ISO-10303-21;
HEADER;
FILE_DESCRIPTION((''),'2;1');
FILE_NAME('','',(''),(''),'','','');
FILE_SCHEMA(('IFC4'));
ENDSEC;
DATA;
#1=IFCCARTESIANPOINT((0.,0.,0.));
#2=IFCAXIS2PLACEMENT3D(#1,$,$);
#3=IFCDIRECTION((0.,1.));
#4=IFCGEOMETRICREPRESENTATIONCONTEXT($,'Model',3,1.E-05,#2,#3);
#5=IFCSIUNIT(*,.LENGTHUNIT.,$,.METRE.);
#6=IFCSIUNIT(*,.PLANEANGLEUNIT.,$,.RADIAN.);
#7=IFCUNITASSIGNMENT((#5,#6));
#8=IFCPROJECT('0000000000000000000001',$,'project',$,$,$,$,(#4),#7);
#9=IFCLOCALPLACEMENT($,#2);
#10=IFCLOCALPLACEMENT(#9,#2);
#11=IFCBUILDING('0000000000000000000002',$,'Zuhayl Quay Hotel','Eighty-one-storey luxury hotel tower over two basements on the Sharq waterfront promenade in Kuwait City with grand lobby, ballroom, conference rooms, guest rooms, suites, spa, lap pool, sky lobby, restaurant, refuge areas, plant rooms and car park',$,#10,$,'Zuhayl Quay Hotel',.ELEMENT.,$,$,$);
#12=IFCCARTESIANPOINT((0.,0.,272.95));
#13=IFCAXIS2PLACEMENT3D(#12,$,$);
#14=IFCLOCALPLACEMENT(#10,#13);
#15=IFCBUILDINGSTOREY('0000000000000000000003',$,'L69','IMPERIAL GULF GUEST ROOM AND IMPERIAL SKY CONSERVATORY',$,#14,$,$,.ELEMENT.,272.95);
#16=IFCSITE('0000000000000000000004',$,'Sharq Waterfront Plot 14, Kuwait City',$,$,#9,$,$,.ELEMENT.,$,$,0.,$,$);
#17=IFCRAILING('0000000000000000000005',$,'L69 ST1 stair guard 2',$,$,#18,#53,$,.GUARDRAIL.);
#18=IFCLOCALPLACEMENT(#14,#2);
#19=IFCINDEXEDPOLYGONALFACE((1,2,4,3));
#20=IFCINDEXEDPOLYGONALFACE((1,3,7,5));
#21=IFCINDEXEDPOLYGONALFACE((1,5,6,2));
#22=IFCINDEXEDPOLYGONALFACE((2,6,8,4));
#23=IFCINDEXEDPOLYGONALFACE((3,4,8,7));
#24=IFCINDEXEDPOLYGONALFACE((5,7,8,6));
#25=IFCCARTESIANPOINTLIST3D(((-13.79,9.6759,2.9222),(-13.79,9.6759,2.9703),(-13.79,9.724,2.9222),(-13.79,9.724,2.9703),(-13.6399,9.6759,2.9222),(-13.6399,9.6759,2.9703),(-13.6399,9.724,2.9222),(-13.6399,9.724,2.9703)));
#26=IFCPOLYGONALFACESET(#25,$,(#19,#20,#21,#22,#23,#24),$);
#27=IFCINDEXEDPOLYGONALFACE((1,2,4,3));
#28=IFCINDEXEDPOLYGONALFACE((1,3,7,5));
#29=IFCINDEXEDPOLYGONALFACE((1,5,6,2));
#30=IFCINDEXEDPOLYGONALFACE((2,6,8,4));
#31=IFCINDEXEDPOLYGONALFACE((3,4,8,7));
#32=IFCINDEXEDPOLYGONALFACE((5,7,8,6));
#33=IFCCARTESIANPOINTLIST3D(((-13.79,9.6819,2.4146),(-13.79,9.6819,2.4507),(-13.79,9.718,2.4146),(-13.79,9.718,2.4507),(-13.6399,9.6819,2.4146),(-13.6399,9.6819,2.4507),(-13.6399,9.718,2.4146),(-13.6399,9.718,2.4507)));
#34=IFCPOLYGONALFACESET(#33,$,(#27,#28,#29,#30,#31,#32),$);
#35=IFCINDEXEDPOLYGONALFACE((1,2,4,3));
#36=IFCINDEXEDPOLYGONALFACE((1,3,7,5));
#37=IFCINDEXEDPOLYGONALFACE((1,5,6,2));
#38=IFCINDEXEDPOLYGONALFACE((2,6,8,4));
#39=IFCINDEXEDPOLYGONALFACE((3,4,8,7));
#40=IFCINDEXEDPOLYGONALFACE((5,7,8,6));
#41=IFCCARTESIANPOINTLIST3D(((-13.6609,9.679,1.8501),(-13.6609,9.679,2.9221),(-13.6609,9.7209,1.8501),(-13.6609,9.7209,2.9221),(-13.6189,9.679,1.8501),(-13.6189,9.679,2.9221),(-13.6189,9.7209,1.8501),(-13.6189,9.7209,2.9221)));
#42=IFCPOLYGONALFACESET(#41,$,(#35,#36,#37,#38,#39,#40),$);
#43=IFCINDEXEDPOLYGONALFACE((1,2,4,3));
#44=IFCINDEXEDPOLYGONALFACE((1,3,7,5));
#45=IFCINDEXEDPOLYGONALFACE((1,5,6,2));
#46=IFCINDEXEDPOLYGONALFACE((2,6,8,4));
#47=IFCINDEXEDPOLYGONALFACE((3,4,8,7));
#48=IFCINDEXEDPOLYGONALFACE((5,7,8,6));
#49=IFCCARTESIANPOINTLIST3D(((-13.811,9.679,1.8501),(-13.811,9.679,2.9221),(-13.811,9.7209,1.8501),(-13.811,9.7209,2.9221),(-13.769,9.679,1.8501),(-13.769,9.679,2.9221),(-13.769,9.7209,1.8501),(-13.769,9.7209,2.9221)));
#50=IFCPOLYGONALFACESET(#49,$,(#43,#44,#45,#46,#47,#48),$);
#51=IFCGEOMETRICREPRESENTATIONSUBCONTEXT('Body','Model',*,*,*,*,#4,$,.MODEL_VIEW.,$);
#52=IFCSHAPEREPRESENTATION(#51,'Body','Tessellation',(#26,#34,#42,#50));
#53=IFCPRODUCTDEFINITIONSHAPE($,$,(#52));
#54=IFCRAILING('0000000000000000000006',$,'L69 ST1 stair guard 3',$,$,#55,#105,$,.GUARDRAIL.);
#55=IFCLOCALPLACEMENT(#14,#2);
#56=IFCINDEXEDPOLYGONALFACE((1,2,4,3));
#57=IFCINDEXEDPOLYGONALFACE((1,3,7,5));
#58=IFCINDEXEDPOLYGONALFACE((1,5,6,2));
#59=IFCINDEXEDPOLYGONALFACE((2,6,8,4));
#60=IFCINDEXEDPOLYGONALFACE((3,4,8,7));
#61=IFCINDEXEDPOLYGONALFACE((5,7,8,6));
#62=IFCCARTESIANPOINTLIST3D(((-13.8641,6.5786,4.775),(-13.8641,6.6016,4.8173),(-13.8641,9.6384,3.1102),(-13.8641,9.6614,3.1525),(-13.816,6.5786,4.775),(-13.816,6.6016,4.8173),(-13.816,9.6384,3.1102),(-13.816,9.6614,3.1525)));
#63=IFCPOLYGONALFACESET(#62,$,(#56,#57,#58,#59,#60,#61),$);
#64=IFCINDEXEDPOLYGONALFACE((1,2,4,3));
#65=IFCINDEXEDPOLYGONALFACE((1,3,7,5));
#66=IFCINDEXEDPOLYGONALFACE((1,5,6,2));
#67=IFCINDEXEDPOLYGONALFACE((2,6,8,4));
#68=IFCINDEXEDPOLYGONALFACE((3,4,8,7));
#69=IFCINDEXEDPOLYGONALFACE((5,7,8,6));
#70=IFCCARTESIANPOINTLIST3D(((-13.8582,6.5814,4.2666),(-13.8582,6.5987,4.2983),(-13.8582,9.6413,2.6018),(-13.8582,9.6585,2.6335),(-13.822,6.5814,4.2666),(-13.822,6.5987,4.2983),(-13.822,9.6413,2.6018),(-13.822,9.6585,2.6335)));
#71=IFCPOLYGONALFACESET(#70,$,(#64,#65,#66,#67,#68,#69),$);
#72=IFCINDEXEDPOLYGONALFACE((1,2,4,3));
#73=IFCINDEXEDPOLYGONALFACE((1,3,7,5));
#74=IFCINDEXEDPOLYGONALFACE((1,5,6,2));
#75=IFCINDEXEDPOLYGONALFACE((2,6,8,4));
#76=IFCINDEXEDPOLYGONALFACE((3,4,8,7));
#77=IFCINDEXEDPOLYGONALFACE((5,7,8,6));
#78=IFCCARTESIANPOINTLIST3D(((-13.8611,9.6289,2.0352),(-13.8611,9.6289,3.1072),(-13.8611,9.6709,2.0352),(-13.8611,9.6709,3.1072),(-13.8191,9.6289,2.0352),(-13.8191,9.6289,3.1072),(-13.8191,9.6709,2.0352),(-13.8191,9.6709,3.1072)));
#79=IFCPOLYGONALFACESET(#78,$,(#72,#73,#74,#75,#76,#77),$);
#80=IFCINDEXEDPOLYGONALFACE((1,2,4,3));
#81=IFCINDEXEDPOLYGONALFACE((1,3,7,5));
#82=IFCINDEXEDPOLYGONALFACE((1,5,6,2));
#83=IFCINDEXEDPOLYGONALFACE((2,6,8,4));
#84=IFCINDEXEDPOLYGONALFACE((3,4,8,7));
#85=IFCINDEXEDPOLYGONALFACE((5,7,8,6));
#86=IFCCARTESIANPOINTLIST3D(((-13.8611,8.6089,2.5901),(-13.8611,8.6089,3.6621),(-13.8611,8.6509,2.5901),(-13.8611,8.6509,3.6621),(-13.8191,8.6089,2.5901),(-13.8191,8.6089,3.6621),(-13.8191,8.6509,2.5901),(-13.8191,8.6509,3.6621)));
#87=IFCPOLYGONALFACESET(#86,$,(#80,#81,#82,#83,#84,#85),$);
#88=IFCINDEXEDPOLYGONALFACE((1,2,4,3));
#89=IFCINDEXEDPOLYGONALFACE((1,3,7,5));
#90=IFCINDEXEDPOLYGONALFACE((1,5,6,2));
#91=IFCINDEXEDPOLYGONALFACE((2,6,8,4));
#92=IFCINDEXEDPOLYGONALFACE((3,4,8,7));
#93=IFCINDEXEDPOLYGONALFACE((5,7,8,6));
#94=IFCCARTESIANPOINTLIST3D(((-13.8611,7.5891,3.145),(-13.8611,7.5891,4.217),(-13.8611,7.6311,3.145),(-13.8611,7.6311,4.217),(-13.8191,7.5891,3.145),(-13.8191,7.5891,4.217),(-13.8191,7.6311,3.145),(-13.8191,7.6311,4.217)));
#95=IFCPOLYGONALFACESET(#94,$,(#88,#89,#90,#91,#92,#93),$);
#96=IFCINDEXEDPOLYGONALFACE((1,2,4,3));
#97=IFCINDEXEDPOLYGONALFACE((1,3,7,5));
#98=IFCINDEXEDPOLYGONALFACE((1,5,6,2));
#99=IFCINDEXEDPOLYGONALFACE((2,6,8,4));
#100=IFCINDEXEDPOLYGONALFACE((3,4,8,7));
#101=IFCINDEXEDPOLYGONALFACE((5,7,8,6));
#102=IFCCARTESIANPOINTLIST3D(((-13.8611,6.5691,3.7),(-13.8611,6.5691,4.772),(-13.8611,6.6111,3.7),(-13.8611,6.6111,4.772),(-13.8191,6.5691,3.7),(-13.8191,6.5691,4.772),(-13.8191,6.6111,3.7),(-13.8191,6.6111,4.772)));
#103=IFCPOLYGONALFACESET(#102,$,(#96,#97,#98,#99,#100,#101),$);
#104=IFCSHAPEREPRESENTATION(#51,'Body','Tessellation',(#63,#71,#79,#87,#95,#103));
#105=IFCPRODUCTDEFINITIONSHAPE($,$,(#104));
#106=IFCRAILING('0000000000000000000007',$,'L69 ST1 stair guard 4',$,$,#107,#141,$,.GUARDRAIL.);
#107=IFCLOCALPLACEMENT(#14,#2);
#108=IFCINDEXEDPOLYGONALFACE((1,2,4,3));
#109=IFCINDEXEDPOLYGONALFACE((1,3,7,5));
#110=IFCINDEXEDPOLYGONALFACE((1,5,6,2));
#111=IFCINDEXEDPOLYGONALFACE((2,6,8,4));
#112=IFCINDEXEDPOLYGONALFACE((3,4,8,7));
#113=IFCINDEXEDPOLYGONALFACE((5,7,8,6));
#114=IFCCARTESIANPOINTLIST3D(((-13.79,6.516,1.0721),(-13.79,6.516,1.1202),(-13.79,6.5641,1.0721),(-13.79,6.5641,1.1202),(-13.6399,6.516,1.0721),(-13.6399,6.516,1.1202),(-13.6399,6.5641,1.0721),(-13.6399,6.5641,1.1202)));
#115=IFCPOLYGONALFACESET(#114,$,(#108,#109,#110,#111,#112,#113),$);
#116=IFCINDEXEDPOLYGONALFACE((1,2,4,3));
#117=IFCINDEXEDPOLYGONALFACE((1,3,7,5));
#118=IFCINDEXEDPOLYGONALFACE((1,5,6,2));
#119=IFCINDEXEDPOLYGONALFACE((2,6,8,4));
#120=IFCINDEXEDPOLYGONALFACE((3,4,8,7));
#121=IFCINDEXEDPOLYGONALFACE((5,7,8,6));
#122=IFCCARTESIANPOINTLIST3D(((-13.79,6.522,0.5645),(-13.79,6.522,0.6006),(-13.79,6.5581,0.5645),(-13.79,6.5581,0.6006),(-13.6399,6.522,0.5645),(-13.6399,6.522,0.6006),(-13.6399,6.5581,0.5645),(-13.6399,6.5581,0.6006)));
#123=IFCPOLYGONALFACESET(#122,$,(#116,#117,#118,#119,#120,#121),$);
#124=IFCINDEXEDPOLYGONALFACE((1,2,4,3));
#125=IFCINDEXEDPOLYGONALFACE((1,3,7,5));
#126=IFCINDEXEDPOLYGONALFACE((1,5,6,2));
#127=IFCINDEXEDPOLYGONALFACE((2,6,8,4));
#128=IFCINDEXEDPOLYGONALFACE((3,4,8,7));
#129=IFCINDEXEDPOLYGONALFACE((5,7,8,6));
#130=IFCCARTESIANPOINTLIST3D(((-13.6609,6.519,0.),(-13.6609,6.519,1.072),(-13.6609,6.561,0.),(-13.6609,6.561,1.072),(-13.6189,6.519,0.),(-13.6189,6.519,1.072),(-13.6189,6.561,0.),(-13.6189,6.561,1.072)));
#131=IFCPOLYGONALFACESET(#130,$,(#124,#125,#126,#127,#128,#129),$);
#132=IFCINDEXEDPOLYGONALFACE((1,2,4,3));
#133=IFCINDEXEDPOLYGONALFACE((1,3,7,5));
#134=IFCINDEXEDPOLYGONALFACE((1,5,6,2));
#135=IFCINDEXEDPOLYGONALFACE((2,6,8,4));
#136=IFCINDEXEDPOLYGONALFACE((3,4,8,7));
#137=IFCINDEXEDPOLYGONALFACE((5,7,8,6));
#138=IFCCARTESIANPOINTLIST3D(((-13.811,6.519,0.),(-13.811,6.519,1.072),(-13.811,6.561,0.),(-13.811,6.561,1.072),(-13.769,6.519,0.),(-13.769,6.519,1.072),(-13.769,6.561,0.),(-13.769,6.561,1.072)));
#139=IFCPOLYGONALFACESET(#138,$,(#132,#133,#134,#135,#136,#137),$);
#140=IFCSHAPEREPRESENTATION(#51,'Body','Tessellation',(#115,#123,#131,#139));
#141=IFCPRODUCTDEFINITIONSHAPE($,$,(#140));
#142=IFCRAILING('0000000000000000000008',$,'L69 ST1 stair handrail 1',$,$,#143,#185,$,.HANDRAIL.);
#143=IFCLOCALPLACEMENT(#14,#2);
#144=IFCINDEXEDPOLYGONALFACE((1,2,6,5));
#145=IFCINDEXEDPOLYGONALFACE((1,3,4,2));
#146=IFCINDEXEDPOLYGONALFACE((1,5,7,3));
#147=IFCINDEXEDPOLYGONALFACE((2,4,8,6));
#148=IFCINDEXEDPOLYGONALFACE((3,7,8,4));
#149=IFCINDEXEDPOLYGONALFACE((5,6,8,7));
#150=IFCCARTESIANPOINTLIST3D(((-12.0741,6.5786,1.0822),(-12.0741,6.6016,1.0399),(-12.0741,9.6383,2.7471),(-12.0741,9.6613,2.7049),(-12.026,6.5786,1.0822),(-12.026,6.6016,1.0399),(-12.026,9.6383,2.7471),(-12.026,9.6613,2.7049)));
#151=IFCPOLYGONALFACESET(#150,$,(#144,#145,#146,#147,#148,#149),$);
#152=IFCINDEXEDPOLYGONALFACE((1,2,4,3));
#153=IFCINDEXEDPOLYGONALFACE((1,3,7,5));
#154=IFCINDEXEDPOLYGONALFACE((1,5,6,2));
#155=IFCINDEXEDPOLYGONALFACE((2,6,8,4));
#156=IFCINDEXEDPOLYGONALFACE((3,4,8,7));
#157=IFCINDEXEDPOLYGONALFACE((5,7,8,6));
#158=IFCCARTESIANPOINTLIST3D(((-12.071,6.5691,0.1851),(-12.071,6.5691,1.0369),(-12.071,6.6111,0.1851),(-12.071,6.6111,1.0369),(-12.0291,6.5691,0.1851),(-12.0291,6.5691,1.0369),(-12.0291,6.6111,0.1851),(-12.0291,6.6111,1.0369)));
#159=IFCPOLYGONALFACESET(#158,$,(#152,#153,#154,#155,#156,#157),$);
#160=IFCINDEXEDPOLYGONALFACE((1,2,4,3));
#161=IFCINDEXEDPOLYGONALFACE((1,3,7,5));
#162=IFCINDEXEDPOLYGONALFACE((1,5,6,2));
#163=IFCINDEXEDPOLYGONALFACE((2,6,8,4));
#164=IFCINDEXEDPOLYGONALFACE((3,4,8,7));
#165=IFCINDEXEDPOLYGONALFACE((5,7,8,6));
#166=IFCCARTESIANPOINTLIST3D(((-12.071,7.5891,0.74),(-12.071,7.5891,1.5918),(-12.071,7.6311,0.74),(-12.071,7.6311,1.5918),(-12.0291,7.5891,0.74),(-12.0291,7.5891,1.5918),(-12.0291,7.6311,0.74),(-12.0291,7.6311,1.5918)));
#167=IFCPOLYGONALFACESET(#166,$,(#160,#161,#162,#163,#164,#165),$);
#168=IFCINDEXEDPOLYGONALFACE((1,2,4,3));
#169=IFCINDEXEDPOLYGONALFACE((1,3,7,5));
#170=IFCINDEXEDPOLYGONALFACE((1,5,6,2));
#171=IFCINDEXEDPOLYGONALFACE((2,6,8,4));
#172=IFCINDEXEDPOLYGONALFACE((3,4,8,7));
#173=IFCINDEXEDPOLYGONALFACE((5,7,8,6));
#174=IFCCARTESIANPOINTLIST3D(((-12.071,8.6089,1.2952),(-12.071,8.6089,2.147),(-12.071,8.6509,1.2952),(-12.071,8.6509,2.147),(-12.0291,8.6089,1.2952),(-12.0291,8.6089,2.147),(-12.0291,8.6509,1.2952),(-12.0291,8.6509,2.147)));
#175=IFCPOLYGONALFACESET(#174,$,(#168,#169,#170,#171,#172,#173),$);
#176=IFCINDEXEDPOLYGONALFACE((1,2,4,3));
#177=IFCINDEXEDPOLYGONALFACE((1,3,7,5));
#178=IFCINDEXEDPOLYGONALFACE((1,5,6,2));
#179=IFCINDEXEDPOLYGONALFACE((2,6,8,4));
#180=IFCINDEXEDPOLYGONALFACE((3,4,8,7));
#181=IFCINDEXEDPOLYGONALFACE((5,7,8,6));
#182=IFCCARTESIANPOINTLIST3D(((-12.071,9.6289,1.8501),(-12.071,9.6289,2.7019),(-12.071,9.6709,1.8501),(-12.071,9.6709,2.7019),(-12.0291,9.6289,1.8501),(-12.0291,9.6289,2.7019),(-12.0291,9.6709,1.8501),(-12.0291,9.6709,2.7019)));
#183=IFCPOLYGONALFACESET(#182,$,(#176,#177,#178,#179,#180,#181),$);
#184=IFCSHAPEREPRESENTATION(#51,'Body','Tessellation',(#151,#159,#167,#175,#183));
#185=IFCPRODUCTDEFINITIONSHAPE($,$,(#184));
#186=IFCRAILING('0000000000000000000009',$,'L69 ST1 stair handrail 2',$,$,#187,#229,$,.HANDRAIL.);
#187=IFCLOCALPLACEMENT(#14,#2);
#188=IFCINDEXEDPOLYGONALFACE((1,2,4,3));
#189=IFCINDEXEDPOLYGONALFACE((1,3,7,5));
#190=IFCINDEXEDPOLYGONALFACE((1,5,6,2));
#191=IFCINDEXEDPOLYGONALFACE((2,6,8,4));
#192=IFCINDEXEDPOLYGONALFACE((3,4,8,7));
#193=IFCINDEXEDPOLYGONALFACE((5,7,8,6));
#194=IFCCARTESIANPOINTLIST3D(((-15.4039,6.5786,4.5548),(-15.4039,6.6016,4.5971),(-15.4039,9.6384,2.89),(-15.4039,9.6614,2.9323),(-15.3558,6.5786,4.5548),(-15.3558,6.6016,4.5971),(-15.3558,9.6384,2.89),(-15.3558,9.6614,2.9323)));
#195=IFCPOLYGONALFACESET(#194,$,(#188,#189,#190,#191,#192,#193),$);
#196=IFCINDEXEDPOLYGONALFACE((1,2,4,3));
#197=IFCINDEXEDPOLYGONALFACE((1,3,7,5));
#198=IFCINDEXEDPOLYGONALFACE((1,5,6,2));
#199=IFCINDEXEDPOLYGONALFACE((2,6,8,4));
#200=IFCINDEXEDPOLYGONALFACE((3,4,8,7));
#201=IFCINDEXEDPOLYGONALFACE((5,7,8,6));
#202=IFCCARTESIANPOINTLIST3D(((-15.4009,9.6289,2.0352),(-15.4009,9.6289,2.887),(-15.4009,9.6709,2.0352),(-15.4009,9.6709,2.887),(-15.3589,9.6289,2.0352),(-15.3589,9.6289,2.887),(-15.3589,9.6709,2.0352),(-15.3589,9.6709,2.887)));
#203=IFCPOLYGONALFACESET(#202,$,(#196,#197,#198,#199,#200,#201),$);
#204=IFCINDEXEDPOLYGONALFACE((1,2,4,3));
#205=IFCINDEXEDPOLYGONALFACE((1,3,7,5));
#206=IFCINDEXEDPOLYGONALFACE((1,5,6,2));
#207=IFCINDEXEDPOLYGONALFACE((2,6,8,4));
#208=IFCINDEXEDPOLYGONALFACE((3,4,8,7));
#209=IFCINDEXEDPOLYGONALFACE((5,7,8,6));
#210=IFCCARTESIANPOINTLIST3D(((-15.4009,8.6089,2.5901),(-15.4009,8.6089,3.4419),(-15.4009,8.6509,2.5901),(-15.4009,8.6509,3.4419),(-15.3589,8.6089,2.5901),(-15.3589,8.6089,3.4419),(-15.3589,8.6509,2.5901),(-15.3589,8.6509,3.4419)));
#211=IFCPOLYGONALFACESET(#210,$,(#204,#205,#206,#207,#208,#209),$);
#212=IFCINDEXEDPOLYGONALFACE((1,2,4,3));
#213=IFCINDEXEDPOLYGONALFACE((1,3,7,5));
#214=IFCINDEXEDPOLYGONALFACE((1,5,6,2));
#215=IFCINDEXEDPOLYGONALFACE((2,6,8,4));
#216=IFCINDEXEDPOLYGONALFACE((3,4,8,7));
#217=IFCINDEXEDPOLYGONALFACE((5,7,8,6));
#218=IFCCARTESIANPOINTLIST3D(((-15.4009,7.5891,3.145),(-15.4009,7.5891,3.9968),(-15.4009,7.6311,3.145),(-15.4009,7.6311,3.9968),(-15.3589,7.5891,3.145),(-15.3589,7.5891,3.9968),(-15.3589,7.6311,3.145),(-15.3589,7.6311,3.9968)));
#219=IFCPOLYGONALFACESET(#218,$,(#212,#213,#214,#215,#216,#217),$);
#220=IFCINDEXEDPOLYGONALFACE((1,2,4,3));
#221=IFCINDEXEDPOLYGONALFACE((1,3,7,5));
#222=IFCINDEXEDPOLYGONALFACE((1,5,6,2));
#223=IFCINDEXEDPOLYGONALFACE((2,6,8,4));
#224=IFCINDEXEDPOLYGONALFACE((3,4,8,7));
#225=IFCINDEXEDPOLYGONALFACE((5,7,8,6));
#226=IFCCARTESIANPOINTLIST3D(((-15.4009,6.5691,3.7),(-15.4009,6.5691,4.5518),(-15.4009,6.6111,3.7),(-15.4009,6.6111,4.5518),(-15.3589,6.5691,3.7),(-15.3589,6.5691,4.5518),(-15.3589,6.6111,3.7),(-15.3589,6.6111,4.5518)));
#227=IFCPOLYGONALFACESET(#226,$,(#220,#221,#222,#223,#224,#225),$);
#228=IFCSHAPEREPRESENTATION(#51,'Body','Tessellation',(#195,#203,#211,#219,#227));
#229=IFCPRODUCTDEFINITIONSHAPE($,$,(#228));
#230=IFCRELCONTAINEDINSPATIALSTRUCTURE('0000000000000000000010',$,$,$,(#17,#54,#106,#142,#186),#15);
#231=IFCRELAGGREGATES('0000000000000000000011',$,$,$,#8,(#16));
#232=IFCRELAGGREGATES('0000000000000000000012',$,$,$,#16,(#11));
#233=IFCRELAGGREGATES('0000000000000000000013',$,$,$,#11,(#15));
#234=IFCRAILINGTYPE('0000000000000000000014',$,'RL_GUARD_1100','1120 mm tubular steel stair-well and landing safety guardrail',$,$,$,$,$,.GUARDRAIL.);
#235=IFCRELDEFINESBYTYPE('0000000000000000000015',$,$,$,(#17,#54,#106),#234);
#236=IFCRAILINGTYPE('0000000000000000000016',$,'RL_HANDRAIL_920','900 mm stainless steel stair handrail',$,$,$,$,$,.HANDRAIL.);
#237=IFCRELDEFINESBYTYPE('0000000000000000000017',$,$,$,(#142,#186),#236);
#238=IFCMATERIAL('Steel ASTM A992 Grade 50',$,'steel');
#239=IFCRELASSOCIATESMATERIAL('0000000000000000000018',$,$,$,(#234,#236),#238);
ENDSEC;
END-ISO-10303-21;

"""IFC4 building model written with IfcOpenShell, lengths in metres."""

from ifc_helpers import new_model, si_unit, direction, frame, origin, origin_2d, place, context, subcontext, project, spatial, rectangle, extrude, material, type_object, element, save


model = new_model("IFC4")

# Units and contexts
model_context = context("Model", 3, precision=1e-05, world=origin(), true_north=direction((0.0, 1.0)))
body_context = subcontext(model_context, "Body", "Model", "MODEL_VIEW")
ifc_project = project(units=[si_unit("LENGTHUNIT", "METRE"), si_unit("PLANEANGLEUNIT", "RADIAN")], contexts=[model_context])

# Site, building, storey
site_placement = place(None, origin())
site = spatial("IfcSite", under=ifc_project, at=site_placement, Name="Sharq Waterfront Plot 14, Kuwait City", CompositionType="ELEMENT", RefElevation=0.0)
building_placement = place(site_placement, origin())
building = spatial("IfcBuilding", under=site, at=building_placement, Name="Zuhayl Quay Hotel", Description="Eighty-one-storey luxury hotel tower over two basements on the Sharq waterfront promenade in Kuwait City with grand lobby, ballroom, conference rooms, guest rooms, suites, spa, lap pool, sky lobby, restaurant, refuge areas, plant rooms and car park", LongName="Zuhayl Quay Hotel", CompositionType="ELEMENT")
storey_placement = place(building_placement, frame((0.0, 0.0, 272.95)))
storey = spatial("IfcBuildingStorey", under=building, at=storey_placement, Name="L69", Description="IMPERIAL GULF GUEST ROOM AND IMPERIAL SKY CONSERVATORY", CompositionType="ELEMENT", Elevation=272.95)

# Shared definitions
ifc_material_1 = material(Name="Steel ASTM A992 Grade 50", Category="steel")

# Railings
railing_type_1 = type_object("IfcRailingType", Name="RL_GUARD_1100", Description="1120 mm tubular steel stair-well and landing safety guardrail", PredefinedType="GUARDRAIL", material=ifc_material_1)
railing_1_placement = place(storey_placement, frame((-13.6399, 9.7, 1.8501)))
element("IfcRailing", 1, at=railing_1_placement, inside=storey, type_object=railing_type_1, Name="L69 ST1 stair guard 2", PredefinedType="GUARDRAIL", context=body_context, shape_type="SweptSolid", body=[
    extrude(rectangle(XDim=0.0481, YDim=0.0481, at=origin_2d()), frame((0.0, 0.0, 1.0962), z_axis=(-1.0, 0.0, 0.0), x_axis=(0.0, -1.0, 0.0)), (0.0, 0.0, 1.0), 0.1501),
    extrude(rectangle(XDim=0.0361, YDim=0.0361, at=origin_2d()), frame((0.0, 0.0, 0.5825), z_axis=(-1.0, 0.0, 0.0), x_axis=(0.0, -1.0, 0.0)), (0.0, 0.0, 1.0), 0.1501),
    extrude(rectangle(XDim=0.042, YDim=0.042, at=origin_2d()), origin(), (0.0, 0.0, 1.0), 1.072),
    extrude(rectangle(XDim=0.042, YDim=0.042, at=origin_2d()), frame((-0.1501, 0.0, 0.0)), (0.0, 0.0, 1.0), 1.072),
])
railing_2_placement = place(storey_placement, frame((-13.8401, 9.6499, 2.0352)))
element("IfcRailing", 2, at=railing_2_placement, inside=storey, type_object=railing_type_1, Name="L69 ST1 stair guard 3", PredefinedType="GUARDRAIL", context=body_context, shape_type="SweptSolid", body=[
    extrude(rectangle(XDim=0.0481, YDim=0.0481, at=origin_2d()), frame((0.0, 0.0, 1.0962), z_axis=(0.0, -0.878401, 0.477924), x_axis=(1.0, 0.0, 0.0)), (0.0, 0.0, 1.0), 3.4834),
    extrude(rectangle(XDim=0.0361, YDim=0.0361, at=origin_2d()), frame((0.0, 0.0, 0.5825), z_axis=(0.0, -0.878401, 0.477924), x_axis=(1.0, 0.0, 0.0)), (0.0, 0.0, 1.0), 3.4834),
    extrude(rectangle(XDim=0.042, YDim=0.042, at=origin_2d()), origin(), (0.0, 0.0, 1.0), 1.072),
    extrude(rectangle(XDim=0.042, YDim=0.042, at=origin_2d()), frame((0.0, -1.02, 0.5549)), (0.0, 0.0, 1.0), 1.072),
    extrude(rectangle(XDim=0.042, YDim=0.042, at=origin_2d()), frame((0.0, -2.0398, 1.1099)), (0.0, 0.0, 1.0), 1.072),
    extrude(rectangle(XDim=0.042, YDim=0.042, at=origin_2d()), frame((0.0, -3.0598, 1.6648)), (0.0, 0.0, 1.0), 1.072),
])
railing_3_placement = place(storey_placement, frame((-13.6399, 6.54, 0.0)))
element("IfcRailing", 3, at=railing_3_placement, inside=storey, type_object=railing_type_1, Name="L69 ST1 stair guard 4", PredefinedType="GUARDRAIL", context=body_context, shape_type="SweptSolid", body=[
    extrude(rectangle(XDim=0.0481, YDim=0.0481, at=origin_2d()), frame((0.0, 0.0, 1.0962), z_axis=(-1.0, 0.0, 0.0), x_axis=(0.0, -1.0, 0.0)), (0.0, 0.0, 1.0), 0.1501),
    extrude(rectangle(XDim=0.0361, YDim=0.0361, at=origin_2d()), frame((0.0, 0.0, 0.5825), z_axis=(-1.0, 0.0, 0.0), x_axis=(0.0, -1.0, 0.0)), (0.0, 0.0, 1.0), 0.1501),
    extrude(rectangle(XDim=0.042, YDim=0.042, at=origin_2d()), origin(), (0.0, 0.0, 1.0), 1.072),
    extrude(rectangle(XDim=0.042, YDim=0.042, at=origin_2d()), frame((-0.1501, 0.0, 0.0)), (0.0, 0.0, 1.0), 1.072),
])
railing_type_2 = type_object("IfcRailingType", Name="RL_HANDRAIL_920", Description="900 mm stainless steel stair handrail", PredefinedType="HANDRAIL", material=ifc_material_1)
railing_4_placement = place(storey_placement, frame((-12.05, 6.5901, 0.1851)))
element("IfcRailing", 4, at=railing_4_placement, inside=storey, type_object=railing_type_2, Name="L69 ST1 stair handrail 1", PredefinedType="HANDRAIL", context=body_context, shape_type="SweptSolid", body=[
    extrude(rectangle(XDim=0.0481, YDim=0.0481, at=origin_2d()), frame((0.0, 0.0, 0.876), z_axis=(0.0, 0.878372, 0.477978), x_axis=(-1.0, 0.0, 0.0)), (0.0, 0.0, 1.0), 3.4834),
    extrude(rectangle(XDim=0.042, YDim=0.042, at=origin_2d()), origin(), (0.0, 0.0, 1.0), 0.8518),
    extrude(rectangle(XDim=0.042, YDim=0.042, at=origin_2d()), frame((0.0, 1.02, 0.5549)), (0.0, 0.0, 1.0), 0.8518),
    extrude(rectangle(XDim=0.042, YDim=0.042, at=origin_2d()), frame((0.0, 2.0398, 1.1101)), (0.0, 0.0, 1.0), 0.8518),
    extrude(rectangle(XDim=0.042, YDim=0.042, at=origin_2d()), frame((0.0, 3.0598, 1.665)), (0.0, 0.0, 1.0), 0.8518),
])
railing_5_placement = place(storey_placement, frame((-15.3799, 9.6499, 2.0352)))
element("IfcRailing", 5, at=railing_5_placement, inside=storey, type_object=railing_type_2, Name="L69 ST1 stair handrail 2", PredefinedType="HANDRAIL", context=body_context, shape_type="SweptSolid", body=[
    extrude(rectangle(XDim=0.0481, YDim=0.0481, at=origin_2d()), frame((0.0, 0.0, 0.876), z_axis=(0.0, -0.878401, 0.477924), x_axis=(1.0, 0.0, 0.0)), (0.0, 0.0, 1.0), 3.4834),
    extrude(rectangle(XDim=0.042, YDim=0.042, at=origin_2d()), origin(), (0.0, 0.0, 1.0), 0.8518),
    extrude(rectangle(XDim=0.042, YDim=0.042, at=origin_2d()), frame((0.0, -1.02, 0.5549)), (0.0, 0.0, 1.0), 0.8518),
    extrude(rectangle(XDim=0.042, YDim=0.042, at=origin_2d()), frame((0.0, -2.0398, 1.1099)), (0.0, 0.0, 1.0), 0.8518),
    extrude(rectangle(XDim=0.042, YDim=0.042, at=origin_2d()), frame((0.0, -3.0598, 1.6648)), (0.0, 0.0, 1.0), 0.8518),
])

save(model, "model.ifc")
